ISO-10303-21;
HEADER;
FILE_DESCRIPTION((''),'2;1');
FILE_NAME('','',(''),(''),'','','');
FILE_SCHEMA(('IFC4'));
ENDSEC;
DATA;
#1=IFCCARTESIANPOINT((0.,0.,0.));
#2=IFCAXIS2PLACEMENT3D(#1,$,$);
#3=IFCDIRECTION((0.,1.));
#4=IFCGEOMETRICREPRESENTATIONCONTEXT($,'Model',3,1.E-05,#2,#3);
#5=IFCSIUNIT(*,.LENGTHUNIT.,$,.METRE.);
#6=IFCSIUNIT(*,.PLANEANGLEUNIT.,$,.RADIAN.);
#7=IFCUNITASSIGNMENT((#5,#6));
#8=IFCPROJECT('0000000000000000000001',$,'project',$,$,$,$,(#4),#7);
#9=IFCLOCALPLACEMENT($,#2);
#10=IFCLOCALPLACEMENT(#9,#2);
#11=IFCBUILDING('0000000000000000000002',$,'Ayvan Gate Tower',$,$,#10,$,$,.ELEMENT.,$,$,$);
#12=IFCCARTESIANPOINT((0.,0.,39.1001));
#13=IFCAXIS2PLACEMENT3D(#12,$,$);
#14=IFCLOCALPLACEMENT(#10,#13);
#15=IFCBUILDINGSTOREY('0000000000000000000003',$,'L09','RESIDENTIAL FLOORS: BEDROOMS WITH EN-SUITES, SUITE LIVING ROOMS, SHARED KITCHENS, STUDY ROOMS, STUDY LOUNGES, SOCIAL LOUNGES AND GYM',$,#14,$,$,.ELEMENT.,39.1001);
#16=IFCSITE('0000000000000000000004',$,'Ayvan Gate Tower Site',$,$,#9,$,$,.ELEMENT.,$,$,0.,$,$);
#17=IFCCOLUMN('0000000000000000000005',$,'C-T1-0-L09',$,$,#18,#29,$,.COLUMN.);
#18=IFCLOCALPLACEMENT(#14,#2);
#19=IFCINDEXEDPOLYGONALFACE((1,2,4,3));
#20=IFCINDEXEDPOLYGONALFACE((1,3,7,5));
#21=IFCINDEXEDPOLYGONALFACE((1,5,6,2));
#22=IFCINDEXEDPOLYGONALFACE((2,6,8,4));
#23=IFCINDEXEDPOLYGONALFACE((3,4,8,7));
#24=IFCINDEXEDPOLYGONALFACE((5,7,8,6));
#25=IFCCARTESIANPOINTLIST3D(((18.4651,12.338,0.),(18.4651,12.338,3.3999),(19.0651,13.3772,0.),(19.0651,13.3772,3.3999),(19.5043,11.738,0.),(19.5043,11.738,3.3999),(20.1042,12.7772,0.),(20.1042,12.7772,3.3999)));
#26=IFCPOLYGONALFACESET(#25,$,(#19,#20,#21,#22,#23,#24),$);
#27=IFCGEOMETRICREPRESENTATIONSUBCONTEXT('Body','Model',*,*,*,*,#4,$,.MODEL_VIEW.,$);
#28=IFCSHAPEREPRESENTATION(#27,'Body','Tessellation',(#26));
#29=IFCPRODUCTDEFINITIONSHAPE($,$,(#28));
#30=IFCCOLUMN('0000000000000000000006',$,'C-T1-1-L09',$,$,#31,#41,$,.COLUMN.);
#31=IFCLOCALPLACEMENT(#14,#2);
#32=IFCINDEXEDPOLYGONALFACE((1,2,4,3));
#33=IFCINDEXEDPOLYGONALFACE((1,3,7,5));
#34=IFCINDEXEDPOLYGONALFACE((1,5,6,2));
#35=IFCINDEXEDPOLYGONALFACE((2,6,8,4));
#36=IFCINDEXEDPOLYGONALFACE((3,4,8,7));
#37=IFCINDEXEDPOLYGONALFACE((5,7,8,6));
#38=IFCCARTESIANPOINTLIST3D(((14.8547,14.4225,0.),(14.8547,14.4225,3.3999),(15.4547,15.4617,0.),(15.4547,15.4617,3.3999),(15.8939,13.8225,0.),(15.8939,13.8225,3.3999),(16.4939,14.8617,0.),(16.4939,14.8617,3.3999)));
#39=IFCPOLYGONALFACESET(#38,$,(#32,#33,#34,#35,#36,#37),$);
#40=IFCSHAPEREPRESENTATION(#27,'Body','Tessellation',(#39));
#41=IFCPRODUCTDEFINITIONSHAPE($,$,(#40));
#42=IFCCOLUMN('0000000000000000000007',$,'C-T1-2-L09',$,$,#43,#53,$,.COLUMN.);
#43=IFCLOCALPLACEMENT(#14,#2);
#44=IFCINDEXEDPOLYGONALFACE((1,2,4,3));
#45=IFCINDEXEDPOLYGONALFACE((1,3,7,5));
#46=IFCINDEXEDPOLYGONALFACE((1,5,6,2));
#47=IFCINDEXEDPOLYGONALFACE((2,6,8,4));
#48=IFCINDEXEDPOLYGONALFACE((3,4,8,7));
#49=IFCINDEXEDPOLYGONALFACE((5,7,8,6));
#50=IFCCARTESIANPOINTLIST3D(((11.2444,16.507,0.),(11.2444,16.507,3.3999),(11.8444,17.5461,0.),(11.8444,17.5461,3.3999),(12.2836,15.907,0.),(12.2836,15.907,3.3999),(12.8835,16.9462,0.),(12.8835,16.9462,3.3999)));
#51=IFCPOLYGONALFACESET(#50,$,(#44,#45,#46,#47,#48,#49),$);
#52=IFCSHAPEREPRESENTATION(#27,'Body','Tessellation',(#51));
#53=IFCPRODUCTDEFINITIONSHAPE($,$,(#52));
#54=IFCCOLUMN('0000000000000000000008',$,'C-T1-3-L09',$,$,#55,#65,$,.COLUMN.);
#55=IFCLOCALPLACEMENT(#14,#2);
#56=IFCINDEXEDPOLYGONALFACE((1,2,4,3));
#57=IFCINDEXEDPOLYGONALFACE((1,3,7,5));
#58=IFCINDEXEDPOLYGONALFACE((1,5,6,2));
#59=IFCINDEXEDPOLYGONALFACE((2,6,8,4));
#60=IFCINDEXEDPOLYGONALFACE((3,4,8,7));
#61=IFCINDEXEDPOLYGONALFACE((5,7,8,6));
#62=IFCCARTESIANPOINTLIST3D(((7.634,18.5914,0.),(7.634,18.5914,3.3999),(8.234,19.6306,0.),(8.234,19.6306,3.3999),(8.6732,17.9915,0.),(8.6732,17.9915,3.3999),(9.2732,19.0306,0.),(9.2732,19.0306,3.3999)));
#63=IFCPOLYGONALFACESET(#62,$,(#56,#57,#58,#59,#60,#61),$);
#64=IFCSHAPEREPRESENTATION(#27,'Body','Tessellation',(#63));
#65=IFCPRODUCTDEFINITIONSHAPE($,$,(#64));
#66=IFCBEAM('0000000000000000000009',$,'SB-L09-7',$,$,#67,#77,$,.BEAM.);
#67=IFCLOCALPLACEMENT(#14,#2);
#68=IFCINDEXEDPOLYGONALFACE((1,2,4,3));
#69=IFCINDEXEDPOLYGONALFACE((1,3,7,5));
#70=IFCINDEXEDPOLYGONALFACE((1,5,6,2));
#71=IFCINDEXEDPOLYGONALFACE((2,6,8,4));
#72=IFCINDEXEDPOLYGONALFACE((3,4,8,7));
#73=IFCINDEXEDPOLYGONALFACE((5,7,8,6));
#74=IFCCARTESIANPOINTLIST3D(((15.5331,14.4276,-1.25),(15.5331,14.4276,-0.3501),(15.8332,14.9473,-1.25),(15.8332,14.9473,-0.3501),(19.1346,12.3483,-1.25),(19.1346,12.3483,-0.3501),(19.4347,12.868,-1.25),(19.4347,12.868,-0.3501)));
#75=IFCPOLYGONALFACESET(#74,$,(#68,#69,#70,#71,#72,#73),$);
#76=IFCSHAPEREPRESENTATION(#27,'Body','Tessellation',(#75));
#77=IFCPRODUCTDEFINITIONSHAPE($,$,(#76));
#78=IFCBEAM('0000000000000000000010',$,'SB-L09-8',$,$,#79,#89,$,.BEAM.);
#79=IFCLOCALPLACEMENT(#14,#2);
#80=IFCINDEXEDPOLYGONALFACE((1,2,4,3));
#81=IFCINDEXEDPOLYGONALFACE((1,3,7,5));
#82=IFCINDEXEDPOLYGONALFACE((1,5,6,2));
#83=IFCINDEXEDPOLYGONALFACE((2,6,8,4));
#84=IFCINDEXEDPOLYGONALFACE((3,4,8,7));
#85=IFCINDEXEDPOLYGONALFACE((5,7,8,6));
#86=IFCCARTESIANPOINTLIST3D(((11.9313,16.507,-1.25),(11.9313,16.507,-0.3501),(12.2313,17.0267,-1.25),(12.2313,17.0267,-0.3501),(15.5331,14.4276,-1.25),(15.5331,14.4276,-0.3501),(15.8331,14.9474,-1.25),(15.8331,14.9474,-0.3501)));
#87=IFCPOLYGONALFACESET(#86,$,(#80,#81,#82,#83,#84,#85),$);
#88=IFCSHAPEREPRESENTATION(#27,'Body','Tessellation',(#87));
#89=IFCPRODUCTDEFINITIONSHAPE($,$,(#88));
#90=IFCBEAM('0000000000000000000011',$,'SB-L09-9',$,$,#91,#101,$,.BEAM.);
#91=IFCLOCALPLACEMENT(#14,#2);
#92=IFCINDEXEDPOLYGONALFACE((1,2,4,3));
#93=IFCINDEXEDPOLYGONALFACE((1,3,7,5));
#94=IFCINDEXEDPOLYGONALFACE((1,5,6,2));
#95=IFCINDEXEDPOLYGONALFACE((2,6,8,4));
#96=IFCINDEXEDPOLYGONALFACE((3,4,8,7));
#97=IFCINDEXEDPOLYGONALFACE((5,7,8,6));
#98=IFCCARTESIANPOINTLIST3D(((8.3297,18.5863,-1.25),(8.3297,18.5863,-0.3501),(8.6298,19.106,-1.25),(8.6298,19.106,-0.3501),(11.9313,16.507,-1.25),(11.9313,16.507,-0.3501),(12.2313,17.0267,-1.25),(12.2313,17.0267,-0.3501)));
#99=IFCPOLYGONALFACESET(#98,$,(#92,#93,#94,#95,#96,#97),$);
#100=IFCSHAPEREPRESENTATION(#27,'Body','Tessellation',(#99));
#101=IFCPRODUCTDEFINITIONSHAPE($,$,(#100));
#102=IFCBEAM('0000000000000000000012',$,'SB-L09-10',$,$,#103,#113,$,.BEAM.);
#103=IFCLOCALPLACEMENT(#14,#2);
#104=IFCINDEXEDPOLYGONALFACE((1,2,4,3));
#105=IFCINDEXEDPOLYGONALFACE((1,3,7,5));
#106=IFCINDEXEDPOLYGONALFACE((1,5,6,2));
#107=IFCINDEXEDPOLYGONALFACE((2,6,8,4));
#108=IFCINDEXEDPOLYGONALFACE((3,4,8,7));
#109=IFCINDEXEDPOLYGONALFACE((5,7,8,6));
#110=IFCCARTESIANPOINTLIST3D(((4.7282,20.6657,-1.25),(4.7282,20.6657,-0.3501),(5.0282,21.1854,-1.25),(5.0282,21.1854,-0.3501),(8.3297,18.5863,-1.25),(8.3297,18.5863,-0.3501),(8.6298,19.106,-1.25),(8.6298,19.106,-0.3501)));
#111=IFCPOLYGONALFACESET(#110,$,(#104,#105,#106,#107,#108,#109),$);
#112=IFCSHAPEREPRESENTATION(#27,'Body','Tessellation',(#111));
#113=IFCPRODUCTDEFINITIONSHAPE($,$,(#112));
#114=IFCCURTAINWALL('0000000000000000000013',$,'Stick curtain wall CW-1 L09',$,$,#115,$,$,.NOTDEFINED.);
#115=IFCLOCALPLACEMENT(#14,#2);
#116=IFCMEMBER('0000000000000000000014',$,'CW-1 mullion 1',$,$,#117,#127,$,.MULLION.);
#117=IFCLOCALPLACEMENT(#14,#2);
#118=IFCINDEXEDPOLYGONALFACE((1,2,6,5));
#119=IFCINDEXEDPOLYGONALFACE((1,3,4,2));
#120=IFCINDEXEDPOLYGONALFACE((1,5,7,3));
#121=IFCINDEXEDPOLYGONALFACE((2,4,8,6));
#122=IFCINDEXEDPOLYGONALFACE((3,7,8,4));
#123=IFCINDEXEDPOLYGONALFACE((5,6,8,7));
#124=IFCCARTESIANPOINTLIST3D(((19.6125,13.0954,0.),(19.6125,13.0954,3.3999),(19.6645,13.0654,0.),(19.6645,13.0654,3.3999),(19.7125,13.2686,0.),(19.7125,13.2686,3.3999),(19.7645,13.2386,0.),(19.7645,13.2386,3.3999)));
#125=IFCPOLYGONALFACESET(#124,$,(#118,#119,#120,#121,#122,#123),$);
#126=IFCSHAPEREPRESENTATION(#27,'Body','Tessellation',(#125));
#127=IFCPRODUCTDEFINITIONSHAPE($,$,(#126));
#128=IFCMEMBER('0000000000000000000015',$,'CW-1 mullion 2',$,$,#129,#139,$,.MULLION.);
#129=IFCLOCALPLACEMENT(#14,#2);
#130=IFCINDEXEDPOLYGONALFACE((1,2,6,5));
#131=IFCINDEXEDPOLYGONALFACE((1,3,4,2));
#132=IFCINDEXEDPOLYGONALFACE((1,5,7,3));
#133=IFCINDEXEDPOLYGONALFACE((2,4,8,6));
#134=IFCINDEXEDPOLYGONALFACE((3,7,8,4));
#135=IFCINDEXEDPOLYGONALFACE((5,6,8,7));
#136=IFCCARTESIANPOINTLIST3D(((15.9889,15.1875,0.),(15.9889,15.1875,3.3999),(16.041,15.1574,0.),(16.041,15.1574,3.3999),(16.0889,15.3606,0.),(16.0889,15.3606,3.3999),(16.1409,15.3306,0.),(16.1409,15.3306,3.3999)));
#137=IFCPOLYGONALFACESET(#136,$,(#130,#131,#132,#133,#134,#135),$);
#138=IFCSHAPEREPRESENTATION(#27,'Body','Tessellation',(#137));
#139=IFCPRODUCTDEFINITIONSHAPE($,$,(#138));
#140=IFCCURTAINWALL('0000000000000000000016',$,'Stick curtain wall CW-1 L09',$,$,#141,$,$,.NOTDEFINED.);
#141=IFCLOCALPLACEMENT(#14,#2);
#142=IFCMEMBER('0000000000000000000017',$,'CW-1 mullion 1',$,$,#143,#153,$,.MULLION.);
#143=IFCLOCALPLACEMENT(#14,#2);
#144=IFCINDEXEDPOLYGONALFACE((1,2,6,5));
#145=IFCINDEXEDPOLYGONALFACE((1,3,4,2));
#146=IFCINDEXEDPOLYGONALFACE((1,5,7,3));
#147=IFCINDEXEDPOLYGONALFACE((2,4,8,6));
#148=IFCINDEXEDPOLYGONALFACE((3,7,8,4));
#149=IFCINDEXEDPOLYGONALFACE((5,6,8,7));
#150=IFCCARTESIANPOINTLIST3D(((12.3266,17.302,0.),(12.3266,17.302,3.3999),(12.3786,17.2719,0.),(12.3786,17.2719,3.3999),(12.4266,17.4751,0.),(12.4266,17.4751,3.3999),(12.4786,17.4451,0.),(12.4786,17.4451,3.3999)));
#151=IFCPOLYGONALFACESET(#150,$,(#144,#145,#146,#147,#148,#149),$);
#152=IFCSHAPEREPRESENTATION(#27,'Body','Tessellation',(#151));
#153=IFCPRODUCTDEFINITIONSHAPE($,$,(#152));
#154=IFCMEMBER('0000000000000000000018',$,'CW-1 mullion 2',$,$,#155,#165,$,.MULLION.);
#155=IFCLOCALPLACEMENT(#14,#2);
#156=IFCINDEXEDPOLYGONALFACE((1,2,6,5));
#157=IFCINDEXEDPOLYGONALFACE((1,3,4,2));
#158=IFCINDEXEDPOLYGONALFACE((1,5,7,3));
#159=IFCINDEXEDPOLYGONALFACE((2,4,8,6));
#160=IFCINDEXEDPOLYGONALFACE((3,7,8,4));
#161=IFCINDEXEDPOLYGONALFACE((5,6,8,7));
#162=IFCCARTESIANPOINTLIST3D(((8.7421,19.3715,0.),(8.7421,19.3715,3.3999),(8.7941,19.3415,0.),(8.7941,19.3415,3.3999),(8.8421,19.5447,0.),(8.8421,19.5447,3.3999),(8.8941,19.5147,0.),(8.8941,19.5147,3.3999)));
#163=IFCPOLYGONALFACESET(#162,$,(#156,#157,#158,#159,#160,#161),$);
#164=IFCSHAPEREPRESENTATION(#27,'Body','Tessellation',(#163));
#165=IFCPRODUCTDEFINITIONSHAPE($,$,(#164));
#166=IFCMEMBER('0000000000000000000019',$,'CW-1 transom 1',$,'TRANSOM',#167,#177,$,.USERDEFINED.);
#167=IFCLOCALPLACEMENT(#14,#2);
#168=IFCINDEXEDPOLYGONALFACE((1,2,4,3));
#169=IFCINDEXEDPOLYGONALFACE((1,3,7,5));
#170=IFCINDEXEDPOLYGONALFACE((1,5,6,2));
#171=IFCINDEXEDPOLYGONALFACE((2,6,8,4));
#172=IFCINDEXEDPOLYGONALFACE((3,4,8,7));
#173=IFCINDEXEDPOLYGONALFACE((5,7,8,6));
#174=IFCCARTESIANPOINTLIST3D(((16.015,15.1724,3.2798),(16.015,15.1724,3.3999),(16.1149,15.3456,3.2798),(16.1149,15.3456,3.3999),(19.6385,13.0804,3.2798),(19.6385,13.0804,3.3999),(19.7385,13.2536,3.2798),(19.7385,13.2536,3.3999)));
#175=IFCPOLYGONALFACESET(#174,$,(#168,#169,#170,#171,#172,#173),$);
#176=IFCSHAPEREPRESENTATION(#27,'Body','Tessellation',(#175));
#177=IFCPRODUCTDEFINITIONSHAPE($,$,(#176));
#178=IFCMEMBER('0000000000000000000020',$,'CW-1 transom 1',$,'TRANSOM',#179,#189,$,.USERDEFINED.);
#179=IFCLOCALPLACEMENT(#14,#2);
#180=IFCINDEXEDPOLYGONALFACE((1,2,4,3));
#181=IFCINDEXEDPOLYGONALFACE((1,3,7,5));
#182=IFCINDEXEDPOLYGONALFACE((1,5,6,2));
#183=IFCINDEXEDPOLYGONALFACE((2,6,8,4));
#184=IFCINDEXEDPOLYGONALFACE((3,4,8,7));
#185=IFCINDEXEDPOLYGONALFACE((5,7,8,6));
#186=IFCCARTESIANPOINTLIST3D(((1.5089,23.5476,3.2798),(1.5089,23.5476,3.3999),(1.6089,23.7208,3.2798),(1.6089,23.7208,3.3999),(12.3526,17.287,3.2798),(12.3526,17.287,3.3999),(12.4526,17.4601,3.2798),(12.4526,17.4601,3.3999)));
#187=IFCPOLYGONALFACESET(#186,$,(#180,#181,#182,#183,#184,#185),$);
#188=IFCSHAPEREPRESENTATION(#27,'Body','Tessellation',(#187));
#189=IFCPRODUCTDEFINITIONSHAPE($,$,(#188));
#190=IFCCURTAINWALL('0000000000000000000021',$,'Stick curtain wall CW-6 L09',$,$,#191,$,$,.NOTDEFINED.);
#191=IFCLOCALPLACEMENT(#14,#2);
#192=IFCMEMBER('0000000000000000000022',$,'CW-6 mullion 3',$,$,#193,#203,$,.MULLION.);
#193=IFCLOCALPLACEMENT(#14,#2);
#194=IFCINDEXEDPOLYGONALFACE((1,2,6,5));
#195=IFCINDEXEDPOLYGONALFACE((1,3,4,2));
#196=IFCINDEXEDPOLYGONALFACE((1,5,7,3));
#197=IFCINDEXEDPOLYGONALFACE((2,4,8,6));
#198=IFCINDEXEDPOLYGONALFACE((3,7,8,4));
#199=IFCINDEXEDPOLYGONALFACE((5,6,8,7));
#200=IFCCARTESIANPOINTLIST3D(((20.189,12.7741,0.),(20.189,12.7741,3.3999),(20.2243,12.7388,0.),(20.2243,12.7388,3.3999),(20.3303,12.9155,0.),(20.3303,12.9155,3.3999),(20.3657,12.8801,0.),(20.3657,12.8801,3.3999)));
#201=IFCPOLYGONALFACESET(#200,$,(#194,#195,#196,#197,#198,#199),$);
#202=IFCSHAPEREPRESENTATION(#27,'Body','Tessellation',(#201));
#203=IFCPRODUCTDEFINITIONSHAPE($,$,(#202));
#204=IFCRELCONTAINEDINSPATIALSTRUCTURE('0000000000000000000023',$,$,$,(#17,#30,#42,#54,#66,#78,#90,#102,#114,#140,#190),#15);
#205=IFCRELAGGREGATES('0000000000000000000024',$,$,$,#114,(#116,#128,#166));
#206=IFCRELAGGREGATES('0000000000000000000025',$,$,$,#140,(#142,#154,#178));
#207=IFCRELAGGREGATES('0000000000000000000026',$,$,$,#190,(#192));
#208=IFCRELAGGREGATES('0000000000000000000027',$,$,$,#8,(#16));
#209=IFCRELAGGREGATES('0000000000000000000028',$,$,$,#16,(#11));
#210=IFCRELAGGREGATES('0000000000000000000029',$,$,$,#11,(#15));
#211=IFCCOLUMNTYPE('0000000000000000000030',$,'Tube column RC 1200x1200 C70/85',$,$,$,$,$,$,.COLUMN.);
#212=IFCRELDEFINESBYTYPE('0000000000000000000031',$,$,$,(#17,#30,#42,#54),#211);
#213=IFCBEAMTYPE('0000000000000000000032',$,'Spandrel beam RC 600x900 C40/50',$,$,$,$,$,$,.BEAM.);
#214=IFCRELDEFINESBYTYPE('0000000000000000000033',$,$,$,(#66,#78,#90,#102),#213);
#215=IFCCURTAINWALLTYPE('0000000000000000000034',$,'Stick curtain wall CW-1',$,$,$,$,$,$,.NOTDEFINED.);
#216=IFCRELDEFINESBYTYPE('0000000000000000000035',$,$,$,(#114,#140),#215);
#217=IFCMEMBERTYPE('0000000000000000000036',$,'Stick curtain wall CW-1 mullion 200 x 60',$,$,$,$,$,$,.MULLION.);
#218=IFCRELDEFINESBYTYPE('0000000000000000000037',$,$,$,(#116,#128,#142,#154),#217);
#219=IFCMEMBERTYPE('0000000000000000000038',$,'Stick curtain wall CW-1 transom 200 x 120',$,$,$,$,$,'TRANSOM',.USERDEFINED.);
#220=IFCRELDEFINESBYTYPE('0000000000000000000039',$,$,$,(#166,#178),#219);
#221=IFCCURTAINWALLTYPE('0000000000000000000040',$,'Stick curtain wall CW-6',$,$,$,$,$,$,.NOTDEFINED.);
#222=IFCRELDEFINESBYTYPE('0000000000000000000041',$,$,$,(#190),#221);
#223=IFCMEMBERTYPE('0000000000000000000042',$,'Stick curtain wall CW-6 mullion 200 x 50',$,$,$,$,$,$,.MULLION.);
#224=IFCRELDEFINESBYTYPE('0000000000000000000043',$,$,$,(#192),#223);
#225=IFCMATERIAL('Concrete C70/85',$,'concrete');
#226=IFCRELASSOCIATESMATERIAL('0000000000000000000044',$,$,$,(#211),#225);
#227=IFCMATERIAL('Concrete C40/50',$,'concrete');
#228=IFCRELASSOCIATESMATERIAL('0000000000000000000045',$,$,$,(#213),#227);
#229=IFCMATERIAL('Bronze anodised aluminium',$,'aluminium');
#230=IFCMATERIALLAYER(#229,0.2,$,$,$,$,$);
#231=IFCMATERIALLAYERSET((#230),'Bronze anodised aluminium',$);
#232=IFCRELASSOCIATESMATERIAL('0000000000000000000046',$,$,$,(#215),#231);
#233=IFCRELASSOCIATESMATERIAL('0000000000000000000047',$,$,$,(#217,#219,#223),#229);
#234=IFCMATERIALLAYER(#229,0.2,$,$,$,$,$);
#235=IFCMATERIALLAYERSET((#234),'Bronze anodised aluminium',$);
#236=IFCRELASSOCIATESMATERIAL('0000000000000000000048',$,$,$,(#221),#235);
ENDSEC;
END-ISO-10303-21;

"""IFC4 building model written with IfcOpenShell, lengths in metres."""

from ifc_helpers import new_model, si_unit, direction, frame, origin, origin_2d, place, context, subcontext, project, spatial, rectangle, extrude, material, layer, layer_set, material_profile, profile_set, type_object, element, aggregate, save


model = new_model("IFC4")

# Units and contexts
model_context = context("Model", 3, precision=1e-05, world=origin(), true_north=direction((0.0, 1.0)))
body_context = subcontext(model_context, "Body", "Model", "MODEL_VIEW")
ifc_project = project(units=[si_unit("LENGTHUNIT", "METRE"), si_unit("PLANEANGLEUNIT", "RADIAN")], contexts=[model_context])

# Site, building, storey
site_placement = place(None, origin())
site = spatial("IfcSite", under=ifc_project, at=site_placement, Name="Ayvan Gate Tower Site", CompositionType="ELEMENT", RefElevation=0.0)
building_placement = place(site_placement, origin())
building = spatial("IfcBuilding", under=site, at=building_placement, Name="Ayvan Gate Tower", CompositionType="ELEMENT")
storey_placement = place(building_placement, frame((0.0, 0.0, 39.1001)))
storey = spatial("IfcBuildingStorey", under=building, at=storey_placement, Name="L09", Description="RESIDENTIAL FLOORS: BEDROOMS WITH EN-SUITES, SUITE LIVING ROOMS, SHARED KITCHENS, STUDY ROOMS, STUDY LOUNGES, SOCIAL LOUNGES AND GYM", CompositionType="ELEMENT", Elevation=39.1001)

# Columns
ifc_material_1 = material(Name="Concrete C70/85", Category="concrete")
ifc_material_profile_1 = material_profile(ifc_material_1, rectangle(XDim=1.2, YDim=1.2, at=origin_2d()), Name="RC 1200x1200")
ifc_profile_set_1 = profile_set([ifc_material_profile_1], Name="Concrete C70/85")
column_type = type_object("IfcColumnType", Name="Tube column RC 1200x1200 C70/85", PredefinedType="COLUMN", material=ifc_profile_set_1)
for number, where, z_axis, x_axis, name in (
    (1, (19.2847, 12.5576, 0.0), (0.0, 0.0, 1.0), (0.5, 0.866025, 0.0), "C-T1-0-L09"),
    (2, (15.6743, 14.6421, 0.0), (0.0, 0.0, 1.0), (0.5, 0.866025, 0.0), "C-T1-1-L09"),
    (3, (12.064, 16.7266, 0.0), (0.0, 0.0, 1.0), (0.5, 0.866025, 0.0), "C-T1-2-L09"),
    (4, (8.4536, 18.811, 0.0), (0.0, 0.0, 1.0), (0.5, 0.866025, 0.0), "C-T1-3-L09"),
):
    element("IfcColumn", number, at=place(storey_placement, frame(where, z_axis=z_axis, x_axis=x_axis)), inside=storey, type_object=column_type, Name=name, PredefinedType="COLUMN", context=body_context, shape_type="SweptSolid", body=[
        extrude(rectangle(XDim=1.2, YDim=1.2, at=origin_2d()), origin(), (0.0, 0.0, 1.0), 3.3999),
    ])

# Beams
ifc_material_2 = material(Name="Concrete C40/50", Category="concrete")
ifc_material_profile_2 = material_profile(ifc_material_2, rectangle(XDim=0.6001, YDim=0.8999, at=origin_2d()), Name="RC 600x900")
ifc_profile_set_2 = profile_set([ifc_material_profile_2], Name="Concrete C40/50")
beam_type = type_object("IfcBeamType", Name="Spandrel beam RC 600x900 C40/50", PredefinedType="BEAM", material=ifc_profile_set_2)
beam_1_placement = place(storey_placement, frame((19.2847, 12.6082, -0.8), z_axis=(-0.866027, 0.499997, 0.0), x_axis=(-0.499997, -0.866027, 0.0)))
element("IfcBeam", 5, at=beam_1_placement, inside=storey, type_object=beam_type, Name="SB-L09-7", PredefinedType="BEAM", context=body_context, shape_type="SweptSolid", body=[
    extrude(rectangle(XDim=0.6001, YDim=0.8999, at=origin_2d()), origin(), (0.0, 0.0, 1.0), 4.1587),
])
beam_2_placement = place(storey_placement, frame((15.6831, 14.6875, -0.8), z_axis=(-0.866042, 0.499971, 0.0), x_axis=(-0.499971, -0.866042, 0.0)))
element("IfcBeam", 6, at=beam_2_placement, inside=storey, type_object=beam_type, Name="SB-L09-8", PredefinedType="BEAM", context=body_context, shape_type="SweptSolid", body=[
    extrude(rectangle(XDim=0.6001, YDim=0.8999, at=origin_2d()), origin(), (0.0, 0.0, 1.0), 4.1589),
])
for number, where, z_axis, x_axis, name in (
    (7, (12.0813, 16.7668, -0.8), (-0.866027, 0.499997, 0.0), (-0.499997, -0.866027, 0.0), "SB-L09-9"),
    (8, (8.4797, 18.8462, -0.8), (-0.866027, 0.499997, 0.0), (-0.499997, -0.866027, 0.0), "SB-L09-10"),
):
    element("IfcBeam", number, at=place(storey_placement, frame(where, z_axis=z_axis, x_axis=x_axis)), inside=storey, type_object=beam_type, Name=name, PredefinedType="BEAM", context=body_context, shape_type="SweptSolid", body=[
        extrude(rectangle(XDim=0.6001, YDim=0.8999, at=origin_2d()), origin(), (0.0, 0.0, 1.0), 4.1587),
    ])

# Curtain walls, members
ifc_material_3 = material(Name="Bronze anodised aluminium", Category="aluminium")
ifc_layer_1 = layer(ifc_material_3, 0.2)
ifc_layer_set_1 = layer_set([ifc_layer_1], Name="Bronze anodised aluminium")
curtain_wall_type_1 = type_object("IfcCurtainWallType", Name="Stick curtain wall CW-1", PredefinedType="NOTDEFINED", material=ifc_layer_set_1)
curtain_wall_1_placement = place(storey_placement, origin())
curtain_wall_1 = element("IfcCurtainWall", 9, at=curtain_wall_1_placement, inside=storey, type_object=curtain_wall_type_1, Name="Stick curtain wall CW-1 L09", PredefinedType="NOTDEFINED")
ifc_material_profile_3 = material_profile(ifc_material_3, rectangle(XDim=0.2, YDim=0.0601, at=origin_2d()), Name="Stick curtain wall CW-1 mullion 200 x 60")
ifc_profile_set_3 = profile_set([ifc_material_profile_3], Name="Bronze anodised aluminium")
member_type_1 = type_object("IfcMemberType", Name="Stick curtain wall CW-1 mullion 200 x 60", PredefinedType="MULLION", material=ifc_profile_set_3)
member_1_placement = place(storey_placement, frame((19.6885, 13.167, 0.0), z_axis=(0.0, 0.0, 1.0), x_axis=(0.5, 0.866025, 0.0)))
member_1 = element("IfcMember", 10, at=member_1_placement, type_object=member_type_1, Name="CW-1 mullion 1", PredefinedType="MULLION", context=body_context, shape_type="SweptSolid", body=[
    extrude(rectangle(XDim=0.2, YDim=0.0601, at=origin_2d()), origin(), (0.0, 0.0, 1.0), 3.3999),
])
member_2_placement = place(storey_placement, frame((16.0649, 15.259, 0.0), z_axis=(0.0, 0.0, 1.0), x_axis=(0.5, 0.866025, 0.0)))
member_2 = element("IfcMember", 11, at=member_2_placement, type_object=member_type_1, Name="CW-1 mullion 2", PredefinedType="MULLION", context=body_context, shape_type="SweptSolid", body=[
    extrude(rectangle(XDim=0.2, YDim=0.0601, at=origin_2d()), origin(), (0.0, 0.0, 1.0), 3.3999),
])
curtain_wall_2_placement = place(storey_placement, origin())
curtain_wall_2 = element("IfcCurtainWall", 12, at=curtain_wall_2_placement, inside=storey, type_object=curtain_wall_type_1, Name="Stick curtain wall CW-1 L09", PredefinedType="NOTDEFINED")
member_3_placement = place(storey_placement, frame((12.4026, 17.3735, 0.0), z_axis=(0.0, 0.0, 1.0), x_axis=(0.5, 0.866025, 0.0)))
member_3 = element("IfcMember", 13, at=member_3_placement, type_object=member_type_1, Name="CW-1 mullion 1", PredefinedType="MULLION", context=body_context, shape_type="SweptSolid", body=[
    extrude(rectangle(XDim=0.2, YDim=0.0601, at=origin_2d()), origin(), (0.0, 0.0, 1.0), 3.3999),
])
member_4_placement = place(storey_placement, frame((8.8181, 19.4431, 0.0), z_axis=(0.0, 0.0, 1.0), x_axis=(0.5, 0.866025, 0.0)))
member_4 = element("IfcMember", 14, at=member_4_placement, type_object=member_type_1, Name="CW-1 mullion 2", PredefinedType="MULLION", context=body_context, shape_type="SweptSolid", body=[
    extrude(rectangle(XDim=0.2, YDim=0.0601, at=origin_2d()), origin(), (0.0, 0.0, 1.0), 3.3999),
])

# Members
ifc_material_profile_4 = material_profile(ifc_material_3, rectangle(XDim=0.2, YDim=0.1201, at=origin_2d()), Name="Stick curtain wall CW-1 transom 200 x 120")
ifc_profile_set_4 = profile_set([ifc_material_profile_4], Name="Bronze anodised aluminium")
member_type_2 = type_object("IfcMemberType", Name="Stick curtain wall CW-1 transom 200 x 120", ElementType="TRANSOM", PredefinedType="USERDEFINED", material=ifc_profile_set_4)
member_5_placement = place(storey_placement, frame((19.6885, 13.167, 3.3398), z_axis=(-0.866026, 0.499999, 0.0), x_axis=(-0.499999, -0.866026, 0.0)))
member_5 = element("IfcMember", 15, at=member_5_placement, type_object=member_type_2, Name="CW-1 transom 1", ObjectType="TRANSOM", PredefinedType="USERDEFINED", context=body_context, shape_type="SweptSolid", body=[
    extrude(rectangle(XDim=0.2, YDim=0.1201, at=origin_2d()), origin(), (0.0, 0.0, 1.0), 4.1841),
])
member_6_placement = place(storey_placement, frame((12.4026, 17.3735, 3.3398), z_axis=(-0.866022, 0.500006, 0.0), x_axis=(-0.500006, -0.866022, 0.0)))
member_6 = element("IfcMember", 16, at=member_6_placement, type_object=member_type_2, Name="CW-1 transom 1", ObjectType="TRANSOM", PredefinedType="USERDEFINED", context=body_context, shape_type="SweptSolid", body=[
    extrude(rectangle(XDim=0.2, YDim=0.1201, at=origin_2d()), origin(), (0.0, 0.0, 1.0), 12.5212),
])

# Curtain wall, member
ifc_layer_2 = layer(ifc_material_3, 0.2)
ifc_layer_set_2 = layer_set([ifc_layer_2], Name="Bronze anodised aluminium")
curtain_wall_type_2 = type_object("IfcCurtainWallType", Name="Stick curtain wall CW-6", PredefinedType="NOTDEFINED", material=ifc_layer_set_2)
curtain_wall_3_placement = place(storey_placement, origin())
curtain_wall_3 = element("IfcCurtainWall", 17, at=curtain_wall_3_placement, inside=storey, type_object=curtain_wall_type_2, Name="Stick curtain wall CW-6 L09", PredefinedType="NOTDEFINED")
ifc_material_profile_5 = material_profile(ifc_material_3, rectangle(XDim=0.2, YDim=0.05, at=origin_2d()), Name="Stick curtain wall CW-6 mullion 200 x 50")
ifc_profile_set_5 = profile_set([ifc_material_profile_5], Name="Bronze anodised aluminium")
member_type_3 = type_object("IfcMemberType", Name="Stick curtain wall CW-6 mullion 200 x 50", PredefinedType="MULLION", material=ifc_profile_set_5)
member_7_placement = place(storey_placement, frame((20.2773, 12.8271, 0.0), z_axis=(0.0, 0.0, 1.0), x_axis=(0.707107, 0.707107, 0.0)))
member_7 = element("IfcMember", 18, at=member_7_placement, type_object=member_type_3, Name="CW-6 mullion 3", PredefinedType="MULLION", context=body_context, shape_type="SweptSolid", body=[
    extrude(rectangle(XDim=0.2, YDim=0.05, at=origin_2d()), origin(), (0.0, 0.0, 1.0), 3.3999),
])

aggregate(curtain_wall_1, [member_1, member_2, member_5])
aggregate(curtain_wall_2, [member_3, member_4, member_6])
aggregate(curtain_wall_3, [member_7])

save(model, "model.ifc")
